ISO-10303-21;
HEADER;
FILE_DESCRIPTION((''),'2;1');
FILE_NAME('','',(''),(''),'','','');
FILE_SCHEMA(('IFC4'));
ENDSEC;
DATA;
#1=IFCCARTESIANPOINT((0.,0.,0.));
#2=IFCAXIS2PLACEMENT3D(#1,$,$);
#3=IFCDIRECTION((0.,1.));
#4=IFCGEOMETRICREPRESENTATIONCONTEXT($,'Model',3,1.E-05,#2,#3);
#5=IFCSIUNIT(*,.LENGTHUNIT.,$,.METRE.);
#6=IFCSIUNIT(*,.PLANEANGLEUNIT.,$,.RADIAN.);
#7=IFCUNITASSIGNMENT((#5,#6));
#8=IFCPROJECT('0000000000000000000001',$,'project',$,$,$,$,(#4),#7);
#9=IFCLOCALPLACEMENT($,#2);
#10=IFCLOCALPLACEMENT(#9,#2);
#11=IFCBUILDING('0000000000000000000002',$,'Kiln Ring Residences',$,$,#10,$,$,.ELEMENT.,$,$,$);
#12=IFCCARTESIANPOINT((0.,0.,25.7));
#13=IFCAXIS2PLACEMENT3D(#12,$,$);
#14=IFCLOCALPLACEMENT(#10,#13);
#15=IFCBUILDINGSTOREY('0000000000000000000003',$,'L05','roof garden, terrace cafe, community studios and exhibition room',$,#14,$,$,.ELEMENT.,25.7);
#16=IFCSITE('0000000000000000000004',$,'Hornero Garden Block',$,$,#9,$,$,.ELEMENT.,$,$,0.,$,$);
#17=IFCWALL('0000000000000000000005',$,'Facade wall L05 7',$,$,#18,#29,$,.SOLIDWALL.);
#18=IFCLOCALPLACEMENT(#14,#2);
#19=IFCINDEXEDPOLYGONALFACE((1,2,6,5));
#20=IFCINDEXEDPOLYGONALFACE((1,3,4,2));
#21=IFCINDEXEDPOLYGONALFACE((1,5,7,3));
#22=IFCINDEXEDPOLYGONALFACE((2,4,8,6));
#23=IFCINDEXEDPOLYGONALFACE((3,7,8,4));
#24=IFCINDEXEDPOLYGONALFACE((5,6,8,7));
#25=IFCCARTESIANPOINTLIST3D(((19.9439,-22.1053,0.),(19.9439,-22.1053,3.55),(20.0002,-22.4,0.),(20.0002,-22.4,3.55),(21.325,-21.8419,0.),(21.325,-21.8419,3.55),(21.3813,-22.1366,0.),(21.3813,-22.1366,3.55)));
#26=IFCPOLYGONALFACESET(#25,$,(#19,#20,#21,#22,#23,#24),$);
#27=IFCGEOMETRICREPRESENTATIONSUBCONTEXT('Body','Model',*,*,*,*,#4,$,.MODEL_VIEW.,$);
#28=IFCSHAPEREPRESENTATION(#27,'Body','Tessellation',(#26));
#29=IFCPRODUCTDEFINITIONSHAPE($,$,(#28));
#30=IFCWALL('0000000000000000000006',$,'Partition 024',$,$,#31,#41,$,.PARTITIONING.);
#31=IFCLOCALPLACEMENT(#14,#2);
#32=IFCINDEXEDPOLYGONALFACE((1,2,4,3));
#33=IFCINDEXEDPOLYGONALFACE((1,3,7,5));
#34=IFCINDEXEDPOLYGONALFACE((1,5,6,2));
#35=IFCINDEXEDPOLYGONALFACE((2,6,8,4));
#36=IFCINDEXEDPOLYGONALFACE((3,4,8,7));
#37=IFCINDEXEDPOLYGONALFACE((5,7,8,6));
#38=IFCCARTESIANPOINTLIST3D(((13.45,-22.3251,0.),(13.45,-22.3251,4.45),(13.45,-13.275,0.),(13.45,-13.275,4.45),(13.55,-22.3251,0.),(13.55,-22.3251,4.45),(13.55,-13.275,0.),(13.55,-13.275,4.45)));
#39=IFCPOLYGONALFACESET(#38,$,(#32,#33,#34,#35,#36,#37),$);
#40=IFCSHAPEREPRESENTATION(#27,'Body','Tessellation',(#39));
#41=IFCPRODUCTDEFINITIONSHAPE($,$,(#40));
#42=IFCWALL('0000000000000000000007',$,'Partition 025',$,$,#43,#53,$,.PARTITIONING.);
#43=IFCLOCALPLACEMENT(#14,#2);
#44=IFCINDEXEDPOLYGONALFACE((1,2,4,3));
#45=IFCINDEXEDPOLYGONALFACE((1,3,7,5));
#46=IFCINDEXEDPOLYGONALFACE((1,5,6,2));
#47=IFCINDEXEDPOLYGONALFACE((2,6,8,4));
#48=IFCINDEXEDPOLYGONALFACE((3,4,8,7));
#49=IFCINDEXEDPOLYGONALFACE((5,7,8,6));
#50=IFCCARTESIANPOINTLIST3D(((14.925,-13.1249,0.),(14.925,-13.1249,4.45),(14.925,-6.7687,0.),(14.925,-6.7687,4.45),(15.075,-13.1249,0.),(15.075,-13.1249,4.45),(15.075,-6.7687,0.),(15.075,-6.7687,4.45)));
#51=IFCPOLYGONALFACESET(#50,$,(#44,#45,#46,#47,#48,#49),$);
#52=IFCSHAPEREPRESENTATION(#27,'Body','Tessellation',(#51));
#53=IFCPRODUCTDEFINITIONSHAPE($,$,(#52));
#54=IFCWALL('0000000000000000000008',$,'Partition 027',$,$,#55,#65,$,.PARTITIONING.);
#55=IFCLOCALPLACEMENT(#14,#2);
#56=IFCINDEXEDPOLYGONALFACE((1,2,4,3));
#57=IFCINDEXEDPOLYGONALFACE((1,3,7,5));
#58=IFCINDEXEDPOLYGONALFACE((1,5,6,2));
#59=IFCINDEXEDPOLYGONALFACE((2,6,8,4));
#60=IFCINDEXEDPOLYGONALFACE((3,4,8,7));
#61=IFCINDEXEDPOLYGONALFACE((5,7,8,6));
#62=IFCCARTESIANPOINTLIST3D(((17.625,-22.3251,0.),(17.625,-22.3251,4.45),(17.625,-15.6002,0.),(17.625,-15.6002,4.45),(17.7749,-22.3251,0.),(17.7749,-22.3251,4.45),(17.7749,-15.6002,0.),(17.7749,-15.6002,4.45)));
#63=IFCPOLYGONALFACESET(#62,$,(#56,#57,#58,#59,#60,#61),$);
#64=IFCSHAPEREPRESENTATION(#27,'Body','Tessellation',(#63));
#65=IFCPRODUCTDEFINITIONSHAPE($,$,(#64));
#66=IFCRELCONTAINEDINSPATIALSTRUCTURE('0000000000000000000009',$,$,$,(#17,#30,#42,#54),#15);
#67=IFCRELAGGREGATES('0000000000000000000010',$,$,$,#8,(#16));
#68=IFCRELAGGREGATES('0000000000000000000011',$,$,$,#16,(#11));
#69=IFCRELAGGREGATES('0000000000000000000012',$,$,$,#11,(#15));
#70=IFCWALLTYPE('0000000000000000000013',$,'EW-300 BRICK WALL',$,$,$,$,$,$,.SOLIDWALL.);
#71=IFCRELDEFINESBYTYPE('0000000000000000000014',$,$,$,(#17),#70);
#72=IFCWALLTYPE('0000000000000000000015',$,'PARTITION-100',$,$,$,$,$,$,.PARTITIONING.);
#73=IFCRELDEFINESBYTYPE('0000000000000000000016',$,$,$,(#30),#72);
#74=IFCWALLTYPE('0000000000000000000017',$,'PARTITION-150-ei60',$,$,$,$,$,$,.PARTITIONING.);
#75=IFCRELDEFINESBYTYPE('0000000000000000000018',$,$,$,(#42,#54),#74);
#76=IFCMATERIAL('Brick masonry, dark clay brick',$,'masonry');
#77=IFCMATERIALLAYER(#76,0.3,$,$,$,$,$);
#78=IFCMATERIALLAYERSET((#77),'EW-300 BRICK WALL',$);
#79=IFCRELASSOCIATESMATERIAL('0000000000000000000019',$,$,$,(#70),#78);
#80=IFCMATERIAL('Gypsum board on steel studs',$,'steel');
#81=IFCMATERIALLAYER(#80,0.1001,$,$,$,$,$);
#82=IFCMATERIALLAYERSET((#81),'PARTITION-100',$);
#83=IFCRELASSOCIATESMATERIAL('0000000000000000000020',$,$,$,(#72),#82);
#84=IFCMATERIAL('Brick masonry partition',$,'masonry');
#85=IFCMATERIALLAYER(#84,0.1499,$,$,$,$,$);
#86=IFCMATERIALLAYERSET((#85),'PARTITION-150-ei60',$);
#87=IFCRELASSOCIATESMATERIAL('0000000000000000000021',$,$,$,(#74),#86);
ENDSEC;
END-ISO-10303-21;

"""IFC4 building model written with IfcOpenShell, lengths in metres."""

from ifc_helpers import new_model, si_unit, direction, frame, frame_2d, origin, place, context, subcontext, project, spatial, rectangle, extrude, material, layer, layer_set, type_object, element, save


model = new_model("IFC4")

# Units and contexts
model_context = context("Model", 3, precision=1e-05, world=origin(), true_north=direction((0.0, 1.0)))
body_context = subcontext(model_context, "Body", "Model", "MODEL_VIEW")
ifc_project = project(units=[si_unit("LENGTHUNIT", "METRE"), si_unit("PLANEANGLEUNIT", "RADIAN")], contexts=[model_context])

# Site, building, storey
site_placement = place(None, origin())
site = spatial("IfcSite", under=ifc_project, at=site_placement, Name="Hornero Garden Block", CompositionType="ELEMENT", RefElevation=0.0)
building_placement = place(site_placement, origin())
building = spatial("IfcBuilding", under=site, at=building_placement, Name="Kiln Ring Residences", CompositionType="ELEMENT")
storey_placement = place(building_placement, frame((0.0, 0.0, 25.7)))
storey = spatial("IfcBuildingStorey", under=building, at=storey_placement, Name="L05", Description="roof garden, terrace cafe, community studios and exhibition room", CompositionType="ELEMENT", Elevation=25.7)

# Walls
ifc_material_1 = material(Name="Brick masonry, dark clay brick", Category="masonry")
ifc_layer_1 = layer(ifc_material_1, 0.3)
ifc_layer_set_1 = layer_set([ifc_layer_1], Name="EW-300 BRICK WALL")
wall_type_1 = type_object("IfcWallType", Name="EW-300 BRICK WALL", PredefinedType="SOLIDWALL", material=ifc_layer_set_1)
wall_1_placement = place(storey_placement, frame((19.9719, -22.2527, 0.0), z_axis=(0.0, 0.0, 1.0), x_axis=(0.982291, 0.187359, 0.0)))
element("IfcWall", 1, at=wall_1_placement, inside=storey, type_object=wall_type_1, Name="Facade wall L05 7", PredefinedType="SOLIDWALL", context=body_context, shape_type="SweptSolid", body=[
    extrude(rectangle(XDim=1.406, YDim=0.3, at=frame_2d((0.7031, 0.0))), origin(), (0.0, 0.0, 1.0), 3.55),
])
ifc_material_2 = material(Name="Gypsum board on steel studs", Category="steel")
ifc_layer_2 = layer(ifc_material_2, 0.1001)
ifc_layer_set_2 = layer_set([ifc_layer_2], Name="PARTITION-100")
wall_type_2 = type_object("IfcWallType", Name="PARTITION-100", PredefinedType="PARTITIONING", material=ifc_layer_set_2)
wall_2_placement = place(storey_placement, frame((13.5, -22.325, 0.0), z_axis=(0.0, 0.0, 1.0), x_axis=(0.0, 1.0, 0.0)))
element("IfcWall", 2, at=wall_2_placement, inside=storey, type_object=wall_type_2, Name="Partition 024", PredefinedType="PARTITIONING", context=body_context, shape_type="SweptSolid", body=[
    extrude(rectangle(XDim=9.05, YDim=0.1001, at=frame_2d((4.5249, 0.0))), origin(), (0.0, 0.0, 1.0), 4.45),
])
ifc_material_3 = material(Name="Brick masonry partition", Category="masonry")
ifc_layer_3 = layer(ifc_material_3, 0.1499)
ifc_layer_set_3 = layer_set([ifc_layer_3], Name="PARTITION-150-ei60")
wall_type_3 = type_object("IfcWallType", Name="PARTITION-150-ei60", PredefinedType="PARTITIONING", material=ifc_layer_set_3)
wall_3_placement = place(storey_placement, frame((15.0, -13.125, 0.0), z_axis=(0.0, 0.0, 1.0), x_axis=(0.0, 1.0, 0.0)))
element("IfcWall", 3, at=wall_3_placement, inside=storey, type_object=wall_type_3, Name="Partition 025", PredefinedType="PARTITIONING", context=body_context, shape_type="SweptSolid", body=[
    extrude(rectangle(XDim=6.3562, YDim=0.1499, at=frame_2d((3.1782, 0.0))), origin(), (0.0, 0.0, 1.0), 4.45),
])
wall_4_placement = place(storey_placement, frame((17.7, -22.325, 0.0), z_axis=(0.0, 0.0, 1.0), x_axis=(0.0, 1.0, 0.0)))
element("IfcWall", 4, at=wall_4_placement, inside=storey, type_object=wall_type_3, Name="Partition 027", PredefinedType="PARTITIONING", context=body_context, shape_type="SweptSolid", body=[
    extrude(rectangle(XDim=6.7249, YDim=0.1499, at=frame_2d((3.3623, 0.0))), origin(), (0.0, 0.0, 1.0), 4.45),
])

save(model, "model.ifc")
